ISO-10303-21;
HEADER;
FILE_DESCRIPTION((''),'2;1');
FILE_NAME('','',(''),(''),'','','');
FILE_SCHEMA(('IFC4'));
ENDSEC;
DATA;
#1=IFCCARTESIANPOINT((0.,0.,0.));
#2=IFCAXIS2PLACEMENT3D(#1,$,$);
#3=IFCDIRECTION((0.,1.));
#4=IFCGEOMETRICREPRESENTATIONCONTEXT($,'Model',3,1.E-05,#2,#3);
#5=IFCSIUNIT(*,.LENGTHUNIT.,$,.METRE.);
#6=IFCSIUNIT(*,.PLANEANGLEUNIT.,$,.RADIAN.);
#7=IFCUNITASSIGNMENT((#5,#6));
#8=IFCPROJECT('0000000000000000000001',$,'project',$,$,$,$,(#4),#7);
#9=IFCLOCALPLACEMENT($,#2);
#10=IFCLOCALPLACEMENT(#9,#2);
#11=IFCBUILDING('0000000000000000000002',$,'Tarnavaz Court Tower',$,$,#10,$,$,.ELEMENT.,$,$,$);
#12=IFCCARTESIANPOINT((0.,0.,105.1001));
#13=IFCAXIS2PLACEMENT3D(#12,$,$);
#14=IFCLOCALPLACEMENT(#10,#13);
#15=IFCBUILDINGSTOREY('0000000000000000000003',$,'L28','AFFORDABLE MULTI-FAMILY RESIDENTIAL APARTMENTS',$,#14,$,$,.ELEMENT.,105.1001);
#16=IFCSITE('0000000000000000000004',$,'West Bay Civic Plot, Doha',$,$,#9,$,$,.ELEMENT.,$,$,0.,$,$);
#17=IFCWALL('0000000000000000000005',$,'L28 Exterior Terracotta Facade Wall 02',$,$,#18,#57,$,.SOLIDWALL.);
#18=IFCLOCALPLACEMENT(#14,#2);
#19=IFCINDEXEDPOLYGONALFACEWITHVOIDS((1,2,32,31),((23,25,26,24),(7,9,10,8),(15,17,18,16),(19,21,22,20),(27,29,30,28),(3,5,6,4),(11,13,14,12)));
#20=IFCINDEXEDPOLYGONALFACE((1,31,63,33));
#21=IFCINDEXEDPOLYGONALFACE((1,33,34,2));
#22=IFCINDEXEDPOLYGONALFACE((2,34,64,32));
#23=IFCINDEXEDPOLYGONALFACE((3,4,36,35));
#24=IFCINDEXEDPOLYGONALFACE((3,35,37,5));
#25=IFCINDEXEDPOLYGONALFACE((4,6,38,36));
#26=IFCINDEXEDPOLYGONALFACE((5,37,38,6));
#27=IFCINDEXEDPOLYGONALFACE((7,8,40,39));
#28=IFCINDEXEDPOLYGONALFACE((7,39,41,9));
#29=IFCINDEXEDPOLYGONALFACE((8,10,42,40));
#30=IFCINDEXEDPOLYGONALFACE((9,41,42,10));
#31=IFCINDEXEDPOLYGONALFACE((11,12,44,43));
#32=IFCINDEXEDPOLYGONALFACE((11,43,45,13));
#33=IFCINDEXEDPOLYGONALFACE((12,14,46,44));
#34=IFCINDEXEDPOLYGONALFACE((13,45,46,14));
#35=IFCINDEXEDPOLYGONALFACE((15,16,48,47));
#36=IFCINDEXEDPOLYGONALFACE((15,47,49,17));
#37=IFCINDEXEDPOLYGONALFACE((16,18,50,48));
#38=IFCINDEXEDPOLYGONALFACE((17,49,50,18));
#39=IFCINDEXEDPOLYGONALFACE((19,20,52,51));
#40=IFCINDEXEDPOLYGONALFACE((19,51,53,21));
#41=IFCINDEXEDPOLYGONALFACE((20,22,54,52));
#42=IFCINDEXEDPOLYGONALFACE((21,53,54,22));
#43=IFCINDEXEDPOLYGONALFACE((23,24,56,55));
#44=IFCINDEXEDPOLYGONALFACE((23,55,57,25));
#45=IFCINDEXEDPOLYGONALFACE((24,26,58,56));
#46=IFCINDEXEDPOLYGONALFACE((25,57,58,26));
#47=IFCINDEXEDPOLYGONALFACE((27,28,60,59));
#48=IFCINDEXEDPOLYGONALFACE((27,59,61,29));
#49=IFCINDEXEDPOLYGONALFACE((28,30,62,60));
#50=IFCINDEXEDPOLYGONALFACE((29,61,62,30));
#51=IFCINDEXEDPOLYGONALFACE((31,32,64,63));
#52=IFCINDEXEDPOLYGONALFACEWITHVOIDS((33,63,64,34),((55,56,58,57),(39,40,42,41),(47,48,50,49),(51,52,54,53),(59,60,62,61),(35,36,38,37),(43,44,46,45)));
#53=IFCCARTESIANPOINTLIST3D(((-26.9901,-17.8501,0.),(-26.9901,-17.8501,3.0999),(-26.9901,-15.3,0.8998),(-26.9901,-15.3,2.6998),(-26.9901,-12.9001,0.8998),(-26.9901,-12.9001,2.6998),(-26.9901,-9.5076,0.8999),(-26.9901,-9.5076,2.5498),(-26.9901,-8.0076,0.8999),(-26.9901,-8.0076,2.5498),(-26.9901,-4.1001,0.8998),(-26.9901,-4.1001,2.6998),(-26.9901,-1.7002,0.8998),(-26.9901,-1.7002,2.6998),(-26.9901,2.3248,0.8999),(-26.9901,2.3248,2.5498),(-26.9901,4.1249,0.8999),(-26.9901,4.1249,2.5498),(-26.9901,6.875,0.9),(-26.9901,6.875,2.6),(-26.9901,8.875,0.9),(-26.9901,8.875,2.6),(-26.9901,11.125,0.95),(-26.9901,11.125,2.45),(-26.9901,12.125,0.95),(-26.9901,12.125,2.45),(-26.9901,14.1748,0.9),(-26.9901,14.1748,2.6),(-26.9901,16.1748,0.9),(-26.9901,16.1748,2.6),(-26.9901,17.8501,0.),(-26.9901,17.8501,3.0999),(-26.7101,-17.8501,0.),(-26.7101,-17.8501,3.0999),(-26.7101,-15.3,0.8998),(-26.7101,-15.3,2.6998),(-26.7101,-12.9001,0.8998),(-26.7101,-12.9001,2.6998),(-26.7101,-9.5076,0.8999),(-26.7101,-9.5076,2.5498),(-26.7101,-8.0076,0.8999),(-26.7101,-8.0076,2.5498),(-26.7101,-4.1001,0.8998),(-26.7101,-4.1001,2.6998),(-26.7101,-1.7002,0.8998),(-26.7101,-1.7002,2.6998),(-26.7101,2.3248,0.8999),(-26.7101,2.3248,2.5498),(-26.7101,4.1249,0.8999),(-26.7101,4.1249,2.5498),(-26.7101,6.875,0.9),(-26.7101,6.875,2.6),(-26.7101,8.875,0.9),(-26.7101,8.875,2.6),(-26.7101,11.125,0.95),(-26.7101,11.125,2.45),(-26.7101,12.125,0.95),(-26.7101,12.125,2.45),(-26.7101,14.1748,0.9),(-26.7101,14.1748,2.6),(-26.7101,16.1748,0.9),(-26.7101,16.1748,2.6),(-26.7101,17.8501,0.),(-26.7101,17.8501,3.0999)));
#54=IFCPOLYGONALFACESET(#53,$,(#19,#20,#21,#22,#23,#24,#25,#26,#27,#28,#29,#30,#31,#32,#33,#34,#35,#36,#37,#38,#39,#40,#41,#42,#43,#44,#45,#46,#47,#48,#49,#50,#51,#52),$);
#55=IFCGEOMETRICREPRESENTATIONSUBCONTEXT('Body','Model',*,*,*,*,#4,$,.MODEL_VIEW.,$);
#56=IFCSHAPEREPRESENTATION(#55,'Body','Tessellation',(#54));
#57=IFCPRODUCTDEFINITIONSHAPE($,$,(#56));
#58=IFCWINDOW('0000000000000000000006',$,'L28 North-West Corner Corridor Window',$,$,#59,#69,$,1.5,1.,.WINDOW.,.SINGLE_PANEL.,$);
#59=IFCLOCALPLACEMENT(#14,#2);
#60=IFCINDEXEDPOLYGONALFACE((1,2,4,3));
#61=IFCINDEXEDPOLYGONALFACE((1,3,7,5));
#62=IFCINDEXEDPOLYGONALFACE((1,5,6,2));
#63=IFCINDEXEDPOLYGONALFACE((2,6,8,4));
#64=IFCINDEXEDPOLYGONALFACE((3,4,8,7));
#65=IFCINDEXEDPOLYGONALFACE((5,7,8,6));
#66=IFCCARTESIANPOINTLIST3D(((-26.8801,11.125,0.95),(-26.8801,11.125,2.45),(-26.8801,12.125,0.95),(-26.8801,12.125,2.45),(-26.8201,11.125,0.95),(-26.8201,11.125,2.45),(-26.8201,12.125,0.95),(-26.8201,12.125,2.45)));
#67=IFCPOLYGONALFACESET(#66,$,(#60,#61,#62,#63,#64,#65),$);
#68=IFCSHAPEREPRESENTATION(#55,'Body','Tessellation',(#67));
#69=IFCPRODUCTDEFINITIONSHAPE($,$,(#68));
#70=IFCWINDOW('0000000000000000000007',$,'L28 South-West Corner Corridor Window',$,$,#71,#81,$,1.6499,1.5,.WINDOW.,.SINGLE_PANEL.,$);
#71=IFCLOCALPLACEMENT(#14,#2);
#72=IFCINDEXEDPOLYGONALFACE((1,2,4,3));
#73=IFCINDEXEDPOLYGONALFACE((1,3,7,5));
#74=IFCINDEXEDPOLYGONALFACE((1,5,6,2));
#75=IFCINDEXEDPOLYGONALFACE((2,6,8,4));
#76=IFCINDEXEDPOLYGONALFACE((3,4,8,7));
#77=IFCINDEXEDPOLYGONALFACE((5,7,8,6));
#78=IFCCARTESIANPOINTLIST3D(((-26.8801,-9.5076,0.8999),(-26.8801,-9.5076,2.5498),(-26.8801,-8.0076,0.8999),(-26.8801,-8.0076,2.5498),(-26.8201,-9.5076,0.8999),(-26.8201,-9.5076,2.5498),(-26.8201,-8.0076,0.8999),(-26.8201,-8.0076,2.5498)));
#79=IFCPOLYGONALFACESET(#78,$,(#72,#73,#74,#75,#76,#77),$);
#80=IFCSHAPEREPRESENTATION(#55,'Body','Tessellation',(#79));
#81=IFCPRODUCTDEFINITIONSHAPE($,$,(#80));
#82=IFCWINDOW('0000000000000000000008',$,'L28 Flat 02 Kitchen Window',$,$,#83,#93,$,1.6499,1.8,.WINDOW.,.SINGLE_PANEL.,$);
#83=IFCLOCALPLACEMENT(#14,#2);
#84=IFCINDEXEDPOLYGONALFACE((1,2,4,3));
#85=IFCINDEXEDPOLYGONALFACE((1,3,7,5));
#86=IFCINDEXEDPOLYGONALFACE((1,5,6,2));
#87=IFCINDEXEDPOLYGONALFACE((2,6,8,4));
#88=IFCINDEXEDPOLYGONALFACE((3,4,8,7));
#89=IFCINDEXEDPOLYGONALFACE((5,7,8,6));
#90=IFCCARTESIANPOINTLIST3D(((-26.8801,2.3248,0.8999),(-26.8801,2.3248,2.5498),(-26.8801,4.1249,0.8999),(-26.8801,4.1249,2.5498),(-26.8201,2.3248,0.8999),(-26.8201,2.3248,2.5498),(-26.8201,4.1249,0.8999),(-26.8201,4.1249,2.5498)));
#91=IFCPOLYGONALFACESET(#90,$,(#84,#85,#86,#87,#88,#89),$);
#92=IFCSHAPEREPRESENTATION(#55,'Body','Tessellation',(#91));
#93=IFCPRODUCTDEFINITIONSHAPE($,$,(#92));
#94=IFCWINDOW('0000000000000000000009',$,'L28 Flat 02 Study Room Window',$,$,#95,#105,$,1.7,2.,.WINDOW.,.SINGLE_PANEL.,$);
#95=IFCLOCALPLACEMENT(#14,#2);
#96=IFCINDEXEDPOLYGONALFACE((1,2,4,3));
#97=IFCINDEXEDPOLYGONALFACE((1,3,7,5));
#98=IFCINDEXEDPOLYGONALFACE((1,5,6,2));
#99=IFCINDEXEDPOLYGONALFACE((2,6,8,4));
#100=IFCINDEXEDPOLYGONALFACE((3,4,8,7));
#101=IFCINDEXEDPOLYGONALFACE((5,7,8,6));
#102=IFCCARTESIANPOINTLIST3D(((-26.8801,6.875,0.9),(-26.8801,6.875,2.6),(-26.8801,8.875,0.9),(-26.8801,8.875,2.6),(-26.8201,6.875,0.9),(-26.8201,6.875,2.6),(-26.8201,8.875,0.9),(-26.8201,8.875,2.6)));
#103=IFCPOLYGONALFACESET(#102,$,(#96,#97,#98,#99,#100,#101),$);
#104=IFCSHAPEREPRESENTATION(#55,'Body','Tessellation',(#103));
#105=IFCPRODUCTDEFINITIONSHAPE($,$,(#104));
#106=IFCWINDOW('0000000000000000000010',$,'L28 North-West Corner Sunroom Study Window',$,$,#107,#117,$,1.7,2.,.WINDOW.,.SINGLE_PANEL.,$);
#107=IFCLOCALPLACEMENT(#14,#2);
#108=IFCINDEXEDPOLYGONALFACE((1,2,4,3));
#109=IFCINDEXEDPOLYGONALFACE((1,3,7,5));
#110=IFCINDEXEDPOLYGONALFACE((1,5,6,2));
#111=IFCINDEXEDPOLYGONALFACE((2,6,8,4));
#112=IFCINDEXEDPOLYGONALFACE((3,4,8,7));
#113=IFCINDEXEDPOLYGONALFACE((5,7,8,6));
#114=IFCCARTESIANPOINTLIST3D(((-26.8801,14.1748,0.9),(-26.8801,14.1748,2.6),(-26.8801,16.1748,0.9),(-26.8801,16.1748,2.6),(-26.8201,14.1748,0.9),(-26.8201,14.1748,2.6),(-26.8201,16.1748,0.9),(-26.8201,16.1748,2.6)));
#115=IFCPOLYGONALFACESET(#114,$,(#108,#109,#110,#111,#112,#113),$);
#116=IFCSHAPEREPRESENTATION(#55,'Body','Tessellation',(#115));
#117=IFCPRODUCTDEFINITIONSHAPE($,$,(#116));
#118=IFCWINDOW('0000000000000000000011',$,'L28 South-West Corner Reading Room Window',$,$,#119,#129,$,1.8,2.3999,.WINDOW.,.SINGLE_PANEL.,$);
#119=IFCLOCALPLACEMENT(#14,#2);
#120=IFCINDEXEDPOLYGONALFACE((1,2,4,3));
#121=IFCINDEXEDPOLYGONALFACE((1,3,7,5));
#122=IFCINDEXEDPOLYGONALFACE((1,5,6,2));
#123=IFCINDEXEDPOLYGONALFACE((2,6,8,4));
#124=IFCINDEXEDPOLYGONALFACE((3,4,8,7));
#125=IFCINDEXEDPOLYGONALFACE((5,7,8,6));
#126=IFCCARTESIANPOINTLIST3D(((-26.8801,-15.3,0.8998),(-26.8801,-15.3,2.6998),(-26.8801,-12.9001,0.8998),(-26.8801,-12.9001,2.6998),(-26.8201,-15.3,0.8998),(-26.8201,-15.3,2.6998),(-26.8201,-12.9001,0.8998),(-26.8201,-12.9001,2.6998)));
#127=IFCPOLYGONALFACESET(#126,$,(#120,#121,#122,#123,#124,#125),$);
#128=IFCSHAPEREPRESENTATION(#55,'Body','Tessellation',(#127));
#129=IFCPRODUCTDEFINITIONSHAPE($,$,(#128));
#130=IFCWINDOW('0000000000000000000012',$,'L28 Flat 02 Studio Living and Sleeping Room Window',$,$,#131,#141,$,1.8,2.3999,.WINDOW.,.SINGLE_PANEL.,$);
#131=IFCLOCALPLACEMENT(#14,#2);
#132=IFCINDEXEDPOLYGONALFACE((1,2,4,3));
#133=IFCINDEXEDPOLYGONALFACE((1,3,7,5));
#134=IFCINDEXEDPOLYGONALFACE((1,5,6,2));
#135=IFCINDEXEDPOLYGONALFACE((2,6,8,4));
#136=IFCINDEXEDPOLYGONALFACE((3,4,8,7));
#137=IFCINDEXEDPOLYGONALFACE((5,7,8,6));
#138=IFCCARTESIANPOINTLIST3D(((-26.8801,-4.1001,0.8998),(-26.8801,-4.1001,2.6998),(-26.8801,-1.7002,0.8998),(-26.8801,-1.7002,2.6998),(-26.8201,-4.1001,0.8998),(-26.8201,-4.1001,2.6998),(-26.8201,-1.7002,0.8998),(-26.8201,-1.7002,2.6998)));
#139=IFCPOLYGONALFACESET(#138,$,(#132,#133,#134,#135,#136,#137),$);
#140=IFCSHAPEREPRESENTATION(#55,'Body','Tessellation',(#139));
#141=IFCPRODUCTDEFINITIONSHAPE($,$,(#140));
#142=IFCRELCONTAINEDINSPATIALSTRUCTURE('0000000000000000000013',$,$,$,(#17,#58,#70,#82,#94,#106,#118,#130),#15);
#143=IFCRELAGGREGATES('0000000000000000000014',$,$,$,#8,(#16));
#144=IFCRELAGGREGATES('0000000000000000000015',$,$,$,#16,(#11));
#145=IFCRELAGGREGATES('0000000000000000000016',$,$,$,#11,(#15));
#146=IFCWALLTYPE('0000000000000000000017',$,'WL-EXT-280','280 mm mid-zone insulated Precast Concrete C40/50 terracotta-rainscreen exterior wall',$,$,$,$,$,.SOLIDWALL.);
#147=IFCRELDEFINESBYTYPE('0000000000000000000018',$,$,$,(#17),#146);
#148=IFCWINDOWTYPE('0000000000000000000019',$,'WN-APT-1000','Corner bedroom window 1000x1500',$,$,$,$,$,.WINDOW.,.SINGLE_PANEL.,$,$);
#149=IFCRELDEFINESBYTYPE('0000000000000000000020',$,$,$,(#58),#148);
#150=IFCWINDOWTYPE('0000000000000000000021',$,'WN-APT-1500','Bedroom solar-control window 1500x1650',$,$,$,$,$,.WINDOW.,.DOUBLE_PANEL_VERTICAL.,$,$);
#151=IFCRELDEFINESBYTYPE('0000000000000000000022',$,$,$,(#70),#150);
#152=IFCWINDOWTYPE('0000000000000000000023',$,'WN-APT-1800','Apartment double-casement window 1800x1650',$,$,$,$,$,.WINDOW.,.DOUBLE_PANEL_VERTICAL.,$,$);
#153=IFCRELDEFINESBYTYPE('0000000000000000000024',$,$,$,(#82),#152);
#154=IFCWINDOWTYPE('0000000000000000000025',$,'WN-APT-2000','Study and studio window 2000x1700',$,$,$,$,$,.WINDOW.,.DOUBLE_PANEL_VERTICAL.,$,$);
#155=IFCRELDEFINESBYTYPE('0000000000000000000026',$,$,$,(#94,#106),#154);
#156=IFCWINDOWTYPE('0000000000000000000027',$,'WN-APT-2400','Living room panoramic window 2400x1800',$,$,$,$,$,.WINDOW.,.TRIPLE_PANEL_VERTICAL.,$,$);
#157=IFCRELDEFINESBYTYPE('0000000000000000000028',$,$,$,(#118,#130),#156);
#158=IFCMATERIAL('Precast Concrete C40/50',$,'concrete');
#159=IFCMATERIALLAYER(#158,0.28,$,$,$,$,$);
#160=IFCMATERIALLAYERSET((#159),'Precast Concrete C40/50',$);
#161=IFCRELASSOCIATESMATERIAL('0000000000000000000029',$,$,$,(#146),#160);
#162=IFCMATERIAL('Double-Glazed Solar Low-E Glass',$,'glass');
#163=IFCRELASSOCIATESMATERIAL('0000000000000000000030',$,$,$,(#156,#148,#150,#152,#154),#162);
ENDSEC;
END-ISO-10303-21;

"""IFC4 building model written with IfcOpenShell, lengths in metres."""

from ifc_helpers import new_model, si_unit, direction, frame, frame_2d, origin, place, context, subcontext, project, spatial, rectangle, extrude, material, layer, layer_set, type_object, element, fill, save


model = new_model("IFC4")

# Units and contexts
model_context = context("Model", 3, precision=1e-05, world=origin(), true_north=direction((0.0, 1.0)))
body_context = subcontext(model_context, "Body", "Model", "MODEL_VIEW")
ifc_project = project(units=[si_unit("LENGTHUNIT", "METRE"), si_unit("PLANEANGLEUNIT", "RADIAN")], contexts=[model_context])

# Site, building, storey
site_placement = place(None, origin())
site = spatial("IfcSite", under=ifc_project, at=site_placement, Name="West Bay Civic Plot, Doha", CompositionType="ELEMENT", RefElevation=0.0)
building_placement = place(site_placement, origin())
building = spatial("IfcBuilding", under=site, at=building_placement, Name="Tarnavaz Court Tower", CompositionType="ELEMENT")
storey_placement = place(building_placement, frame((0.0, 0.0, 105.1001)))
storey = spatial("IfcBuildingStorey", under=building, at=storey_placement, Name="L28", Description="AFFORDABLE MULTI-FAMILY RESIDENTIAL APARTMENTS", CompositionType="ELEMENT", Elevation=105.1001)

# Shared definitions
ifc_material_1 = material(Name="Precast Concrete C40/50", Category="concrete")
ifc_layer_1 = layer(ifc_material_1, 0.28)
ifc_layer_set_1 = layer_set([ifc_layer_1], Name="Precast Concrete C40/50")
wall_type_1 = type_object("IfcWallType", Name="WL-EXT-280", Description="280 mm mid-zone insulated Precast Concrete C40/50 terracotta-rainscreen exterior wall", PredefinedType="SOLIDWALL", material=ifc_layer_set_1)
ifc_material_2 = material(Name="Double-Glazed Solar Low-E Glass", Category="glass")
window_type_1 = type_object("IfcWindowType", Name="WN-APT-2400", Description="Living room panoramic window 2400x1800", PartitioningType="TRIPLE_PANEL_VERTICAL", PredefinedType="WINDOW", material=ifc_material_2)

# Wall, openings, windows
wall_1_placement = place(storey_placement, frame((-26.8501, -17.8501, 0.0), z_axis=(0.0, 0.0, 1.0), x_axis=(0.0, 1.0, 0.0)))
wall_1 = element("IfcWall", 1, at=wall_1_placement, inside=storey, type_object=wall_type_1, Name="L28 Exterior Terracotta Facade Wall 02", PredefinedType="SOLIDWALL", context=body_context, shape_type="SweptSolid", body=[
    extrude(rectangle(XDim=35.7002, YDim=0.28, at=frame_2d((17.8501, 0.0))), origin(), (0.0, 0.0, 1.0), 3.0999),
])
opening_1_placement = place(wall_1_placement, frame((2.55, 0.0, 0.8999)))
opening_1 = element("IfcOpeningElement", 2, at=opening_1_placement, cuts=wall_1, PredefinedType="OPENING", context=body_context, shape_type="SweptSolid", body=[
    extrude(rectangle(XDim=2.3999, YDim=1.8, at=frame_2d((1.2, 0.8999))), frame((0.0, 0.1499, 0.0), z_axis=(0.0, -1.0, 0.0), x_axis=(1.0, 0.0, 0.0)), (0.0, 0.0, 1.0), 0.3),
])
opening_2_placement = place(wall_1_placement, frame((8.3425, 0.0, 0.8999)))
opening_2 = element("IfcOpeningElement", 3, at=opening_2_placement, cuts=wall_1, PredefinedType="OPENING", context=body_context, shape_type="SweptSolid", body=[
    extrude(rectangle(XDim=1.5, YDim=1.6499, at=frame_2d((0.75, 0.825))), frame((0.0, 0.1499, 0.0), z_axis=(0.0, -1.0, 0.0), x_axis=(1.0, 0.0, 0.0)), (0.0, 0.0, 1.0), 0.3),
])
opening_3_placement = place(wall_1_placement, frame((13.75, 0.0, 0.8999)))
opening_3 = element("IfcOpeningElement", 4, at=opening_3_placement, cuts=wall_1, PredefinedType="OPENING", context=body_context, shape_type="SweptSolid", body=[
    extrude(rectangle(XDim=2.3999, YDim=1.8, at=frame_2d((1.2, 0.8999))), frame((0.0, 0.1499, 0.0), z_axis=(0.0, -1.0, 0.0), x_axis=(1.0, 0.0, 0.0)), (0.0, 0.0, 1.0), 0.3),
])
opening_4_placement = place(wall_1_placement, frame((20.175, 0.0, 0.8999)))
opening_4 = element("IfcOpeningElement", 5, at=opening_4_placement, cuts=wall_1, PredefinedType="OPENING", context=body_context, shape_type="SweptSolid", body=[
    extrude(rectangle(XDim=1.8, YDim=1.6499, at=frame_2d((0.8999, 0.825))), frame((0.0, 0.1499, 0.0), z_axis=(0.0, -1.0, 0.0), x_axis=(1.0, 0.0, 0.0)), (0.0, 0.0, 1.0), 0.3),
])
opening_5_placement = place(wall_1_placement, frame((24.7251, 0.0, 0.8999)))
opening_5 = element("IfcOpeningElement", 6, at=opening_5_placement, cuts=wall_1, PredefinedType="OPENING", context=body_context, shape_type="SweptSolid", body=[
    extrude(rectangle(XDim=2.0, YDim=1.7, at=frame_2d((1.0, 0.8501))), frame((0.0, 0.1499, 0.0), z_axis=(0.0, -1.0, 0.0), x_axis=(1.0, 0.0, 0.0)), (0.0, 0.0, 1.0), 0.3),
])
opening_6_placement = place(wall_1_placement, frame((28.9751, 0.0, 0.95)))
opening_6 = element("IfcOpeningElement", 7, at=opening_6_placement, cuts=wall_1, PredefinedType="OPENING", context=body_context, shape_type="SweptSolid", body=[
    extrude(rectangle(XDim=1.0, YDim=1.5, at=frame_2d((0.5, 0.75))), frame((0.0, 0.1499, 0.0), z_axis=(0.0, -1.0, 0.0), x_axis=(1.0, 0.0, 0.0)), (0.0, 0.0, 1.0), 0.3),
])
opening_7_placement = place(wall_1_placement, frame((32.0249, 0.0, 0.8999)))
opening_7 = element("IfcOpeningElement", 8, at=opening_7_placement, cuts=wall_1, PredefinedType="OPENING", context=body_context, shape_type="SweptSolid", body=[
    extrude(rectangle(XDim=2.0, YDim=1.7, at=frame_2d((1.0, 0.8501))), frame((0.0, 0.1499, 0.0), z_axis=(0.0, -1.0, 0.0), x_axis=(1.0, 0.0, 0.0)), (0.0, 0.0, 1.0), 0.3),
])
window_type_2 = type_object("IfcWindowType", Name="WN-APT-1000", Description="Corner bedroom window 1000x1500", PartitioningType="SINGLE_PANEL", PredefinedType="WINDOW", material=ifc_material_2)
window_1_placement = place(opening_6_placement, origin())
window_1 = element("IfcWindow", 9, at=window_1_placement, inside=storey, type_object=window_type_2, Name="L28 North-West Corner Corridor Window", OverallHeight=1.5, OverallWidth=1.0, PartitioningType="SINGLE_PANEL", PredefinedType="WINDOW", context=body_context, shape_type="SweptSolid", body=[
    extrude(rectangle(XDim=1.0, YDim=1.5, at=frame_2d((0.5, 0.75))), frame((0.0, 0.03, 0.0), z_axis=(0.0, -1.0, 0.0), x_axis=(1.0, 0.0, 0.0)), (0.0, 0.0, 1.0), 0.0601),
])
fill(opening_6, window_1)
window_type_3 = type_object("IfcWindowType", Name="WN-APT-1500", Description="Bedroom solar-control window 1500x1650", PartitioningType="DOUBLE_PANEL_VERTICAL", PredefinedType="WINDOW", material=ifc_material_2)
window_2_placement = place(opening_2_placement, origin())
window_2 = element("IfcWindow", 10, at=window_2_placement, inside=storey, type_object=window_type_3, Name="L28 South-West Corner Corridor Window", OverallHeight=1.6499, OverallWidth=1.5, PartitioningType="SINGLE_PANEL", PredefinedType="WINDOW", context=body_context, shape_type="SweptSolid", body=[
    extrude(rectangle(XDim=1.5, YDim=1.6499, at=frame_2d((0.75, 0.825))), frame((0.0, 0.03, 0.0), z_axis=(0.0, -1.0, 0.0), x_axis=(1.0, 0.0, 0.0)), (0.0, 0.0, 1.0), 0.0601),
])
fill(opening_2, window_2)
window_type_4 = type_object("IfcWindowType", Name="WN-APT-1800", Description="Apartment double-casement window 1800x1650", PartitioningType="DOUBLE_PANEL_VERTICAL", PredefinedType="WINDOW", material=ifc_material_2)
window_3_placement = place(opening_4_placement, origin())
window_3 = element("IfcWindow", 11, at=window_3_placement, inside=storey, type_object=window_type_4, Name="L28 Flat 02 Kitchen Window", OverallHeight=1.6499, OverallWidth=1.8, PartitioningType="SINGLE_PANEL", PredefinedType="WINDOW", context=body_context, shape_type="SweptSolid", body=[
    extrude(rectangle(XDim=1.8, YDim=1.6499, at=frame_2d((0.8999, 0.825))), frame((0.0, 0.03, 0.0), z_axis=(0.0, -1.0, 0.0), x_axis=(1.0, 0.0, 0.0)), (0.0, 0.0, 1.0), 0.0601),
])
fill(opening_4, window_3)
window_type_5 = type_object("IfcWindowType", Name="WN-APT-2000", Description="Study and studio window 2000x1700", PartitioningType="DOUBLE_PANEL_VERTICAL", PredefinedType="WINDOW", material=ifc_material_2)
window_4_placement = place(opening_5_placement, origin())
window_4 = element("IfcWindow", 12, at=window_4_placement, inside=storey, type_object=window_type_5, Name="L28 Flat 02 Study Room Window", OverallHeight=1.7, OverallWidth=2.0, PartitioningType="SINGLE_PANEL", PredefinedType="WINDOW", context=body_context, shape_type="SweptSolid", body=[
    extrude(rectangle(XDim=2.0, YDim=1.7, at=frame_2d((1.0, 0.8501))), frame((0.0, 0.03, 0.0), z_axis=(0.0, -1.0, 0.0), x_axis=(1.0, 0.0, 0.0)), (0.0, 0.0, 1.0), 0.0601),
])
fill(opening_5, window_4)
window_5_placement = place(opening_7_placement, origin())
window_5 = element("IfcWindow", 13, at=window_5_placement, inside=storey, type_object=window_type_5, Name="L28 North-West Corner Sunroom Study Window", OverallHeight=1.7, OverallWidth=2.0, PartitioningType="SINGLE_PANEL", PredefinedType="WINDOW", context=body_context, shape_type="SweptSolid", body=[
    extrude(rectangle(XDim=2.0, YDim=1.7, at=frame_2d((1.0, 0.8501))), frame((0.0, 0.03, 0.0), z_axis=(0.0, -1.0, 0.0), x_axis=(1.0, 0.0, 0.0)), (0.0, 0.0, 1.0), 0.0601),
])
fill(opening_7, window_5)
window_6_placement = place(opening_1_placement, origin())
window_6 = element("IfcWindow", 14, at=window_6_placement, inside=storey, type_object=window_type_1, Name="L28 South-West Corner Reading Room Window", OverallHeight=1.8, OverallWidth=2.3999, PartitioningType="SINGLE_PANEL", PredefinedType="WINDOW", context=body_context, shape_type="SweptSolid", body=[
    extrude(rectangle(XDim=2.3999, YDim=1.8, at=frame_2d((1.2, 0.8999))), frame((0.0, 0.03, 0.0), z_axis=(0.0, -1.0, 0.0), x_axis=(1.0, 0.0, 0.0)), (0.0, 0.0, 1.0), 0.0601),
])
fill(opening_1, window_6)
window_7_placement = place(opening_3_placement, origin())
window_7 = element("IfcWindow", 15, at=window_7_placement, inside=storey, type_object=window_type_1, Name="L28 Flat 02 Studio Living and Sleeping Room Window", OverallHeight=1.8, OverallWidth=2.3999, PartitioningType="SINGLE_PANEL", PredefinedType="WINDOW", context=body_context, shape_type="SweptSolid", body=[
    extrude(rectangle(XDim=2.3999, YDim=1.8, at=frame_2d((1.2, 0.8999))), frame((0.0, 0.03, 0.0), z_axis=(0.0, -1.0, 0.0), x_axis=(1.0, 0.0, 0.0)), (0.0, 0.0, 1.0), 0.0601),
])
fill(opening_3, window_7)

save(model, "model.ifc")
